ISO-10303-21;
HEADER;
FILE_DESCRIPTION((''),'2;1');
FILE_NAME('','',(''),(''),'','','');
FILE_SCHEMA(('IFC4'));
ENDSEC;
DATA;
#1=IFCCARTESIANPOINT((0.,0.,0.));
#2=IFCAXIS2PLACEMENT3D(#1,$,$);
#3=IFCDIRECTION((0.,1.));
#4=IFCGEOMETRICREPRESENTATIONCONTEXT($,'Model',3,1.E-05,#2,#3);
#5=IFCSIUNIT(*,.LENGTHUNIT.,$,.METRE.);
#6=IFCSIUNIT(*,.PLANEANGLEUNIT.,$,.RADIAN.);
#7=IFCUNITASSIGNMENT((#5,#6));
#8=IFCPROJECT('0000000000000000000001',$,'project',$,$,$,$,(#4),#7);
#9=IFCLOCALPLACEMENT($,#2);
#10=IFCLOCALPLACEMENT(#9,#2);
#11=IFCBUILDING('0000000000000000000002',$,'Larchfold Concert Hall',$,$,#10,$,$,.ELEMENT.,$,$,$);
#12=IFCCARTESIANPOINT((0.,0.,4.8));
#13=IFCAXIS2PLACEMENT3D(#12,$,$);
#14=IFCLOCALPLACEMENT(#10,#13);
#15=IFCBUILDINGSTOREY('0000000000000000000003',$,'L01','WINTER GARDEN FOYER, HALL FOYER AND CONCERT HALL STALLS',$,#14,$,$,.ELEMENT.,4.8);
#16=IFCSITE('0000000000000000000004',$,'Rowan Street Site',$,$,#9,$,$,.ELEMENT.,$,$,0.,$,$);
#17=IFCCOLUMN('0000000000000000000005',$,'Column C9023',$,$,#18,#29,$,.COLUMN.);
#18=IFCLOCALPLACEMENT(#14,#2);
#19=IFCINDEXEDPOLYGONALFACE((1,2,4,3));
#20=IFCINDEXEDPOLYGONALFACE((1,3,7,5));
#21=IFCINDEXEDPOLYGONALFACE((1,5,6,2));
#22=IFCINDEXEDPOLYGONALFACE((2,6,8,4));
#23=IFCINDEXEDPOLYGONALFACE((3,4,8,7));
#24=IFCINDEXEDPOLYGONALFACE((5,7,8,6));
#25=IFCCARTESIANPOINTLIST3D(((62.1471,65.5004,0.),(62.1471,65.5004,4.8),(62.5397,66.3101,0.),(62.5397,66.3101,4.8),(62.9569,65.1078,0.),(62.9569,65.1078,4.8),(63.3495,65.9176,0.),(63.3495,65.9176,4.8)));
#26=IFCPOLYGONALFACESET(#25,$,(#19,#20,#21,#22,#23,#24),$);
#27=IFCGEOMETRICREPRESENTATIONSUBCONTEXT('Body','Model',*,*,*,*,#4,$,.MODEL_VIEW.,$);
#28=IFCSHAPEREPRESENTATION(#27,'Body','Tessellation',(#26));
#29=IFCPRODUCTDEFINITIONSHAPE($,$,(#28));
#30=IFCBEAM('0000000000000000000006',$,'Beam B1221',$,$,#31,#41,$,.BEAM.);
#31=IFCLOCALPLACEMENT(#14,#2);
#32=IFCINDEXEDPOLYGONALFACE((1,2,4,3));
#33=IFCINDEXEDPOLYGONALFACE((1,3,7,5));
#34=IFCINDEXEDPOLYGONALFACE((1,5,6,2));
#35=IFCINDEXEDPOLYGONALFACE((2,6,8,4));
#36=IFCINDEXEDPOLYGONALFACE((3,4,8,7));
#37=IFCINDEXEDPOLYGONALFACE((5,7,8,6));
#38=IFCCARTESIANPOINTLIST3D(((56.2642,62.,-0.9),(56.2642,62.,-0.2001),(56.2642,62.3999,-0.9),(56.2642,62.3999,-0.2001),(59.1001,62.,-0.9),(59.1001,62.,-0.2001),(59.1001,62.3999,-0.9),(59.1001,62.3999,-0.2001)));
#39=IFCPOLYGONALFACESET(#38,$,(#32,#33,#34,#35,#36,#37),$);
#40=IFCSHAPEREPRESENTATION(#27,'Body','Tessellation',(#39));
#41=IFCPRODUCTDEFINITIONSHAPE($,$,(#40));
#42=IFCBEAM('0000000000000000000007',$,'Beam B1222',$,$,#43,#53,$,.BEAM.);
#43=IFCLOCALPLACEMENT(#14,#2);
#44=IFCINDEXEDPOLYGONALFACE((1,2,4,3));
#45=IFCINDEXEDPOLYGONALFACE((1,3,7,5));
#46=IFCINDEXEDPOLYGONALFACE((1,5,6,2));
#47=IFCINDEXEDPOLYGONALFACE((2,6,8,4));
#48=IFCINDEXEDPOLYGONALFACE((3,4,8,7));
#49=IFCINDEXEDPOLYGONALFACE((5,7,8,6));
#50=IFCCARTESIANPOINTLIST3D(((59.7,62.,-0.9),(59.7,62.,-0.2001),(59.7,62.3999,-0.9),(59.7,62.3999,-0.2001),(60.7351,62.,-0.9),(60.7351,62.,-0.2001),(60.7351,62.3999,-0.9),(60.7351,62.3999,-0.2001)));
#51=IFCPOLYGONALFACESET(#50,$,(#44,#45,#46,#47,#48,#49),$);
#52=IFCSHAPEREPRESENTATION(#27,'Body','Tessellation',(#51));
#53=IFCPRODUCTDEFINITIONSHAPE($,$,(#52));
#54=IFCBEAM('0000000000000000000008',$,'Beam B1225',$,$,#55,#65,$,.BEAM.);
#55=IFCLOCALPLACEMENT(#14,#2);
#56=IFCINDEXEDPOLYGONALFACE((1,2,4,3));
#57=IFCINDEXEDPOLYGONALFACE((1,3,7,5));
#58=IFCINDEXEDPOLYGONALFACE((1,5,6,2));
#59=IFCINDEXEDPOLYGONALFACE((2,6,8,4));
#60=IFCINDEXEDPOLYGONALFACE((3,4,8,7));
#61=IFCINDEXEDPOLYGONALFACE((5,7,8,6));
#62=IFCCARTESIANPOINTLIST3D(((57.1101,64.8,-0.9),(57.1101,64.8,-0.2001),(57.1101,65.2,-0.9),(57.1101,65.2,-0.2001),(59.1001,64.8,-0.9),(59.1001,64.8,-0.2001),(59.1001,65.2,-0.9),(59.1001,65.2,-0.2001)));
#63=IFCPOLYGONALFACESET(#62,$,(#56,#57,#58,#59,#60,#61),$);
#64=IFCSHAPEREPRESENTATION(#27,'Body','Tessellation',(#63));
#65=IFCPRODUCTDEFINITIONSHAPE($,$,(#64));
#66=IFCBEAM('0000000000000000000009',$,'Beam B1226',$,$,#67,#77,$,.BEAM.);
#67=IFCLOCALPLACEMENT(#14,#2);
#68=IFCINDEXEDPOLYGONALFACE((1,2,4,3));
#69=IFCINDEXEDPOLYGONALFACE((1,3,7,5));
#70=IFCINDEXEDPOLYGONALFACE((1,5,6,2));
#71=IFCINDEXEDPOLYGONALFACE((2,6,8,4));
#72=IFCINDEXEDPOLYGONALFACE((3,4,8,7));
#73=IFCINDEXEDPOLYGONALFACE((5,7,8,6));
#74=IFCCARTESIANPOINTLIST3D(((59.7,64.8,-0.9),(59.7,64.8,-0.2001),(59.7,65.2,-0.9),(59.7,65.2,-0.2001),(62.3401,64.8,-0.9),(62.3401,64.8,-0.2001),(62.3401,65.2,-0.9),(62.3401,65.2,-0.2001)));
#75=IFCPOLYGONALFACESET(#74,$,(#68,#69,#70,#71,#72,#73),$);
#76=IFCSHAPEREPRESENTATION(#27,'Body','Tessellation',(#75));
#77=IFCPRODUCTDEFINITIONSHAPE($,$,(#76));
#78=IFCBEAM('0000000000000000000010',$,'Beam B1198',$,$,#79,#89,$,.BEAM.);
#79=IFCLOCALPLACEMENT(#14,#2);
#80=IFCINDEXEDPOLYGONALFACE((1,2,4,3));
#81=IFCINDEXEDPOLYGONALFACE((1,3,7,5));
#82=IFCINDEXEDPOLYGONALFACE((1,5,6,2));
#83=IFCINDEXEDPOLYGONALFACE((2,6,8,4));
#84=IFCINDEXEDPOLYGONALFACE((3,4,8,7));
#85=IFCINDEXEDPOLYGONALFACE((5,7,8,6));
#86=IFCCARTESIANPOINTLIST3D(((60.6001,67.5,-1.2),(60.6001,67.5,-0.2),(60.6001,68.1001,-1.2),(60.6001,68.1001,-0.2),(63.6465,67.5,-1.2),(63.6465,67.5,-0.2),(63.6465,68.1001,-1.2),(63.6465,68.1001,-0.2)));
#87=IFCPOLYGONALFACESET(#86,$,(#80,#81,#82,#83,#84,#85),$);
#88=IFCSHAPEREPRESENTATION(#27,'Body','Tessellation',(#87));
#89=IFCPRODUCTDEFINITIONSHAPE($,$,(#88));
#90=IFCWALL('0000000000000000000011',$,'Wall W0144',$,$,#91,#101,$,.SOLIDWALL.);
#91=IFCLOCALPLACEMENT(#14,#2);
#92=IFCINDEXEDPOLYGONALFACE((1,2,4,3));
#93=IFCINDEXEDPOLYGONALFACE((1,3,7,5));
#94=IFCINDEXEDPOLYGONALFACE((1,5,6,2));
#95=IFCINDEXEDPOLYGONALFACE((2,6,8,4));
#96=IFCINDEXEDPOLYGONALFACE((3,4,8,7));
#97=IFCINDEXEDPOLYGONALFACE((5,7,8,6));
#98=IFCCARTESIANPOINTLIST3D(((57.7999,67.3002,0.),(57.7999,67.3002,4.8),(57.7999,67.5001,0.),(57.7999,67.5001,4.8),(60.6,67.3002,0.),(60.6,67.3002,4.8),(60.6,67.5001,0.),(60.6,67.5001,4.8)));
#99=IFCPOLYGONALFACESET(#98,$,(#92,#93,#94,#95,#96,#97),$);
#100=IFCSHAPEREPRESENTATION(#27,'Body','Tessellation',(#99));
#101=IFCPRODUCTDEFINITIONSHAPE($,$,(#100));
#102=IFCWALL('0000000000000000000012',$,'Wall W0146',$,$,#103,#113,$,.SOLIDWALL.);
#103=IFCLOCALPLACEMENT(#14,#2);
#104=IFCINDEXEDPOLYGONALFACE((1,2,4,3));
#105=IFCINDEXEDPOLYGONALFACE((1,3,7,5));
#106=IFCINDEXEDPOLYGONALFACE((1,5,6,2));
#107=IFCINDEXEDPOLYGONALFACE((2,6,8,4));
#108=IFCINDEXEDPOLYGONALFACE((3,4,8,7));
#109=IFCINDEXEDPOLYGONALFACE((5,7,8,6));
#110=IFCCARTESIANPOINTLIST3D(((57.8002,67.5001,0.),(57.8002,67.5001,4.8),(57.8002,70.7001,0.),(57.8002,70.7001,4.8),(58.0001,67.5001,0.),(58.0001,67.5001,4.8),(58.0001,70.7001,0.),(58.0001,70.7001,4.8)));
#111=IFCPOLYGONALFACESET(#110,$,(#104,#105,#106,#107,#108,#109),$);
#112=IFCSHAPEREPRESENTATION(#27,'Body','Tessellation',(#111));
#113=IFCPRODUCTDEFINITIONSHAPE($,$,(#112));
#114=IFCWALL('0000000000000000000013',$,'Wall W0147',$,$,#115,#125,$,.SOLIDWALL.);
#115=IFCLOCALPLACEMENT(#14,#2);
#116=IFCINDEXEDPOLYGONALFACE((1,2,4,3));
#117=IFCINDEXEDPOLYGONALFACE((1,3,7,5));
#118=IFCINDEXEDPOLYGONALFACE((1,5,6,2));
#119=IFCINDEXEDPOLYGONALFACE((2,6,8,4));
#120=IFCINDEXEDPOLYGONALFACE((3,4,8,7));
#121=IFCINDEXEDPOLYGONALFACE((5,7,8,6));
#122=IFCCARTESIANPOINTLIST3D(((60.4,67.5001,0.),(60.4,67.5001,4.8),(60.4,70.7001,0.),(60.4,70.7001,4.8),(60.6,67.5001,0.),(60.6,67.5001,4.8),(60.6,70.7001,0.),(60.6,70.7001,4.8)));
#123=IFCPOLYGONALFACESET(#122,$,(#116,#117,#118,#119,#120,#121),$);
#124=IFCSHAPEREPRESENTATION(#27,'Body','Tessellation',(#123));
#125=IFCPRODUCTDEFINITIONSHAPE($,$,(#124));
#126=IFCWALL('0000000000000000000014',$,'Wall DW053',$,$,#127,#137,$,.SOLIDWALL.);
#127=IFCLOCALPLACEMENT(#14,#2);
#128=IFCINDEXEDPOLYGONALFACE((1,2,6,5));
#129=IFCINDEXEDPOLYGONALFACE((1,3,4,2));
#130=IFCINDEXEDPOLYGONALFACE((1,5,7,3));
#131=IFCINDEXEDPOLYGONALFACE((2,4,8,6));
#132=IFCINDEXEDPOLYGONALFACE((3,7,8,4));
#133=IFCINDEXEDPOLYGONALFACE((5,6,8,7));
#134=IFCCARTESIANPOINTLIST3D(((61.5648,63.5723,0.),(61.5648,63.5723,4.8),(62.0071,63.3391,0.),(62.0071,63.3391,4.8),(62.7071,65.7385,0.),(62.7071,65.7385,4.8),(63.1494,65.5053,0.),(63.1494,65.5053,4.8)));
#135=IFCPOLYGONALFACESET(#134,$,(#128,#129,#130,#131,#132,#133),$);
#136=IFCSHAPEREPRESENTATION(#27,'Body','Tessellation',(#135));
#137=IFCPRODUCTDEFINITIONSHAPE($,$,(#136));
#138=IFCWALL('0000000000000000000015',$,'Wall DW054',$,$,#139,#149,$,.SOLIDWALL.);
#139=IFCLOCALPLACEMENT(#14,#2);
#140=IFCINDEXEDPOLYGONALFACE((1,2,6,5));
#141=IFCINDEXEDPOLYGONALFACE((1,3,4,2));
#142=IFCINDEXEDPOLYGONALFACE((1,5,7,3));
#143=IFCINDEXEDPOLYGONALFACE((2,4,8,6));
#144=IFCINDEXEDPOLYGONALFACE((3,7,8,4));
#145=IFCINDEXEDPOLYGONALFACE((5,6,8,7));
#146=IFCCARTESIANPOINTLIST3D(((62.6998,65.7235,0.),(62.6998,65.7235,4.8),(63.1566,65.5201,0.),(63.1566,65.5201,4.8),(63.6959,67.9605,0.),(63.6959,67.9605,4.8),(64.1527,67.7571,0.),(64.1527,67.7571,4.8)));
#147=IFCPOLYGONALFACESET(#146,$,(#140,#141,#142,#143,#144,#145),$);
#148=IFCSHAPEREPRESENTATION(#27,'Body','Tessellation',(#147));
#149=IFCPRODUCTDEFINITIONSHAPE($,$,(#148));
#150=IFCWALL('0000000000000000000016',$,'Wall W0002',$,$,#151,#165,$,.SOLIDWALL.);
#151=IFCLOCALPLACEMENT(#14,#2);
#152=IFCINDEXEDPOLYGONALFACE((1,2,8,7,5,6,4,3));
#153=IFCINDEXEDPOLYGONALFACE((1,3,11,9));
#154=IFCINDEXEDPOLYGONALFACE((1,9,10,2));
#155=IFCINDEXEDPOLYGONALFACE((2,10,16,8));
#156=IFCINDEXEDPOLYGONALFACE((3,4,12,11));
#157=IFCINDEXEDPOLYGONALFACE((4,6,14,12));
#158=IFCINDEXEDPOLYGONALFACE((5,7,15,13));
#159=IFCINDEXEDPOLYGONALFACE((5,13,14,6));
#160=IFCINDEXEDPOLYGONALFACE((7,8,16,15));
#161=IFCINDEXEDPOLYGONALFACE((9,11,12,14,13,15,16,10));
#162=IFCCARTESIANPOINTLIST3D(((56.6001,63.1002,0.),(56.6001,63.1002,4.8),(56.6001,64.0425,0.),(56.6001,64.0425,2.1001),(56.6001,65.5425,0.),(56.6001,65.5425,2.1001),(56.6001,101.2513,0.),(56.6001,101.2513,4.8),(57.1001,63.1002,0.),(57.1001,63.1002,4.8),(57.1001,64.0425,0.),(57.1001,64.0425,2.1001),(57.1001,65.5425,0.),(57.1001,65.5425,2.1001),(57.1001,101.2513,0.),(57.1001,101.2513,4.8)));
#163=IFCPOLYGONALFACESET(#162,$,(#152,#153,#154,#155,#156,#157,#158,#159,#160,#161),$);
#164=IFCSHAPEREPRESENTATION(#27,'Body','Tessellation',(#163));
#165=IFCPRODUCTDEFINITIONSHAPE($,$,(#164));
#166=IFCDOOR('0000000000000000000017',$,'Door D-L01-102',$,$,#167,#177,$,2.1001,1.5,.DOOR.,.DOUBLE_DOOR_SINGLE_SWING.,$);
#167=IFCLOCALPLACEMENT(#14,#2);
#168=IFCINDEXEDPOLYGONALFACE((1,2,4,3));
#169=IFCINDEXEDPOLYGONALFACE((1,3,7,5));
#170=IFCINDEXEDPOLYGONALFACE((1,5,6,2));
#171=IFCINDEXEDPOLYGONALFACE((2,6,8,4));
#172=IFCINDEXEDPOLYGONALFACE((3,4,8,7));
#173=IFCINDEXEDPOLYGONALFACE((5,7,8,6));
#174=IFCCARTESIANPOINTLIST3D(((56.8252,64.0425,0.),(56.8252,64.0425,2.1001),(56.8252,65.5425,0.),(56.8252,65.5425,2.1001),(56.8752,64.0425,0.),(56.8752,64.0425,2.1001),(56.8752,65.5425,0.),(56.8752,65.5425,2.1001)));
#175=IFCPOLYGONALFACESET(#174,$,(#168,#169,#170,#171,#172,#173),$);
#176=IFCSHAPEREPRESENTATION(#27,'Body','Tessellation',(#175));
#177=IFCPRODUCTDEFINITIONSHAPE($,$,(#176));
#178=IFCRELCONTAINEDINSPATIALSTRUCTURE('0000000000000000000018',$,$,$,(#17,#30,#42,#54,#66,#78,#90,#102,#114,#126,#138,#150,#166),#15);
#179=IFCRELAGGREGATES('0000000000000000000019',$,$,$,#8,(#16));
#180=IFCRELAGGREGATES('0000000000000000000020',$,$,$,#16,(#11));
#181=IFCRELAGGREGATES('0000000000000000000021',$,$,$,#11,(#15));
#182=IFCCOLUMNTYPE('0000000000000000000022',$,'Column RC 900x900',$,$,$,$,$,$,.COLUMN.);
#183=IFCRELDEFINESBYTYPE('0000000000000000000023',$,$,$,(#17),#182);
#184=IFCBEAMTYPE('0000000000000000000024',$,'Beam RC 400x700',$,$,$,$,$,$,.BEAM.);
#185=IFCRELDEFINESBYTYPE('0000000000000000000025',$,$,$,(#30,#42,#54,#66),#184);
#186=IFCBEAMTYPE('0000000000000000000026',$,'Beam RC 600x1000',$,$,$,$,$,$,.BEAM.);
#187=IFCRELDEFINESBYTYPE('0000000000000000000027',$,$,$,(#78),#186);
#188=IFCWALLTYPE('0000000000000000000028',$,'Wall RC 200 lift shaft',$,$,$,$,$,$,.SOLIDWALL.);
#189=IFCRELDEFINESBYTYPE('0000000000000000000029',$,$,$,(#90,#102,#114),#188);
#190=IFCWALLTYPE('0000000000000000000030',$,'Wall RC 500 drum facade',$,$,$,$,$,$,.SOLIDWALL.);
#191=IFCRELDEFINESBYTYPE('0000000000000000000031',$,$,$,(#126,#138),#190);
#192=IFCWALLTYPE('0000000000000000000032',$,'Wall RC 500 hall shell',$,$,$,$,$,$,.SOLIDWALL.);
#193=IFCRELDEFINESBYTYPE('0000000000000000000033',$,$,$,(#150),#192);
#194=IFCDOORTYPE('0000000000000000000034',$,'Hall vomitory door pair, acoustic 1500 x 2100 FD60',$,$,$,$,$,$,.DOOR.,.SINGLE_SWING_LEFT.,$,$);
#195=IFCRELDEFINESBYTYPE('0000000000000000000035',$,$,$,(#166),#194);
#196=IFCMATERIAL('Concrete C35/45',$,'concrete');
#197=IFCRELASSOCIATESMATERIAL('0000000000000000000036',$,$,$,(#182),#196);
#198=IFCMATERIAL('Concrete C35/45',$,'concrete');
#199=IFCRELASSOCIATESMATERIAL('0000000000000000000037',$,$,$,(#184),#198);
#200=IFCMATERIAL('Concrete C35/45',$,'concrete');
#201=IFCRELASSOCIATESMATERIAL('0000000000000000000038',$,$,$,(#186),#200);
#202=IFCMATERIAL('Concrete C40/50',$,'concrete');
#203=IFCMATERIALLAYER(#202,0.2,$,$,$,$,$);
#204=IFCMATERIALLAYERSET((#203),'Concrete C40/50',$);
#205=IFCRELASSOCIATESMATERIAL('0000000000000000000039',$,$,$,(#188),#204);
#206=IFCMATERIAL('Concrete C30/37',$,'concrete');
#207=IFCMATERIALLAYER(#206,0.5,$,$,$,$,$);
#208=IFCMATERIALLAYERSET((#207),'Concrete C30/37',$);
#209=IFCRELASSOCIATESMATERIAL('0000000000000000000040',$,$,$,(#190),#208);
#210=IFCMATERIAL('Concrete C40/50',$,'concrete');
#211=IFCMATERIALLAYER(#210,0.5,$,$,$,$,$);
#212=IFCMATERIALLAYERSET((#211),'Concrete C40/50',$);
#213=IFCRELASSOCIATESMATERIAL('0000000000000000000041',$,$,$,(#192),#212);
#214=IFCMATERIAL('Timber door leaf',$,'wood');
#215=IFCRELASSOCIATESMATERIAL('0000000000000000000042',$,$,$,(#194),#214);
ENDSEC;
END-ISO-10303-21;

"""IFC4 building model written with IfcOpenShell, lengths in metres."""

from ifc_helpers import new_model, si_unit, direction, frame, frame_2d, origin, origin_2d, place, context, subcontext, project, spatial, rectangle, extrude, material, layer, layer_set, material_profile, profile_set, type_object, element, fill, save


model = new_model("IFC4")

# Units and contexts
model_context = context("Model", 3, precision=1e-05, world=origin(), true_north=direction((0.0, 1.0)))
body_context = subcontext(model_context, "Body", "Model", "MODEL_VIEW")
ifc_project = project(units=[si_unit("LENGTHUNIT", "METRE"), si_unit("PLANEANGLEUNIT", "RADIAN")], contexts=[model_context])

# Site, building, storey
site_placement = place(None, origin())
site = spatial("IfcSite", under=ifc_project, at=site_placement, Name="Rowan Street Site", CompositionType="ELEMENT", RefElevation=0.0)
building_placement = place(site_placement, origin())
building = spatial("IfcBuilding", under=site, at=building_placement, Name="Larchfold Concert Hall", CompositionType="ELEMENT")
storey_placement = place(building_placement, frame((0.0, 0.0, 4.8)))
storey = spatial("IfcBuildingStorey", under=building, at=storey_placement, Name="L01", Description="WINTER GARDEN FOYER, HALL FOYER AND CONCERT HALL STALLS", CompositionType="ELEMENT", Elevation=4.8)

# Column
ifc_material_1 = material(Name="Concrete C35/45", Category="concrete")
ifc_material_profile_1 = material_profile(ifc_material_1, rectangle(XDim=0.8999, YDim=0.8999, at=origin_2d()))
ifc_profile_set_1 = profile_set([ifc_material_profile_1], Name="Concrete C35/45")
column_type = type_object("IfcColumnType", Name="Column RC 900x900", PredefinedType="COLUMN", material=ifc_profile_set_1)
column_placement = place(storey_placement, frame((62.7483, 65.709, 0.0), z_axis=(0.0, 0.0, 1.0), x_axis=(0.436211, 0.899844, 0.0)))
element("IfcColumn", 1, at=column_placement, inside=storey, type_object=column_type, Name="Column C9023", PredefinedType="COLUMN", context=body_context, shape_type="SweptSolid", body=[
    extrude(rectangle(XDim=0.8999, YDim=0.8999, at=origin_2d()), origin(), (0.0, 0.0, 1.0), 4.8),
])

# Beams
ifc_material_2 = material(Name="Concrete C35/45", Category="concrete")
ifc_material_profile_2 = material_profile(ifc_material_2, rectangle(XDim=0.3999, YDim=0.7, at=origin_2d()))
ifc_profile_set_2 = profile_set([ifc_material_profile_2], Name="Concrete C35/45")
beam_type_1 = type_object("IfcBeamType", Name="Beam RC 400x700", PredefinedType="BEAM", material=ifc_profile_set_2)
beam_1_placement = place(storey_placement, frame((56.2642, 62.2, -0.55), z_axis=(1.0, 0.0, 0.0), x_axis=(0.0, 1.0, 0.0)))
element("IfcBeam", 2, at=beam_1_placement, inside=storey, type_object=beam_type_1, Name="Beam B1221", PredefinedType="BEAM", context=body_context, shape_type="SweptSolid", body=[
    extrude(rectangle(XDim=0.3999, YDim=0.7, at=origin_2d()), origin(), (0.0, 0.0, 1.0), 2.8359),
])
beam_2_placement = place(storey_placement, frame((59.7, 62.2, -0.55), z_axis=(1.0, 0.0, 0.0), x_axis=(0.0, 1.0, 0.0)))
element("IfcBeam", 3, at=beam_2_placement, inside=storey, type_object=beam_type_1, Name="Beam B1222", PredefinedType="BEAM", context=body_context, shape_type="SweptSolid", body=[
    extrude(rectangle(XDim=0.3999, YDim=0.7, at=origin_2d()), origin(), (0.0, 0.0, 1.0), 1.0352),
])
beam_3_placement = place(storey_placement, frame((57.1101, 65.0, -0.55), z_axis=(1.0, 0.0, 0.0), x_axis=(0.0, 1.0, 0.0)))
element("IfcBeam", 4, at=beam_3_placement, inside=storey, type_object=beam_type_1, Name="Beam B1225", PredefinedType="BEAM", context=body_context, shape_type="SweptSolid", body=[
    extrude(rectangle(XDim=0.3999, YDim=0.7, at=origin_2d()), origin(), (0.0, 0.0, 1.0), 1.99),
])
beam_4_placement = place(storey_placement, frame((59.7, 65.0, -0.55), z_axis=(1.0, 0.0, 0.0), x_axis=(0.0, 1.0, 0.0)))
element("IfcBeam", 5, at=beam_4_placement, inside=storey, type_object=beam_type_1, Name="Beam B1226", PredefinedType="BEAM", context=body_context, shape_type="SweptSolid", body=[
    extrude(rectangle(XDim=0.3999, YDim=0.7, at=origin_2d()), origin(), (0.0, 0.0, 1.0), 2.6401),
])
ifc_material_3 = material(Name="Concrete C35/45", Category="concrete")
ifc_material_profile_3 = material_profile(ifc_material_3, rectangle(XDim=0.6001, YDim=1.0, at=origin_2d()))
ifc_profile_set_3 = profile_set([ifc_material_profile_3], Name="Concrete C35/45")
beam_type_2 = type_object("IfcBeamType", Name="Beam RC 600x1000", PredefinedType="BEAM", material=ifc_profile_set_3)
beam_5_placement = place(storey_placement, frame((60.6001, 67.8, -0.7), z_axis=(1.0, 0.0, 0.0), x_axis=(0.0, 1.0, 0.0)))
element("IfcBeam", 6, at=beam_5_placement, inside=storey, type_object=beam_type_2, Name="Beam B1198", PredefinedType="BEAM", context=body_context, shape_type="SweptSolid", body=[
    extrude(rectangle(XDim=0.6001, YDim=1.0, at=origin_2d()), origin(), (0.0, 0.0, 1.0), 3.0464),
])

# Walls
ifc_material_4 = material(Name="Concrete C40/50", Category="concrete")
ifc_layer_1 = layer(ifc_material_4, 0.2)
ifc_layer_set_1 = layer_set([ifc_layer_1], Name="Concrete C40/50")
wall_type_1 = type_object("IfcWallType", Name="Wall RC 200 lift shaft", PredefinedType="SOLIDWALL", material=ifc_layer_set_1)
wall_1_placement = place(storey_placement, frame((57.8, 67.4001, 0.0), z_axis=(0.0, 0.0, 1.0), x_axis=(1.0, 0.0, 0.0)))
element("IfcWall", 7, at=wall_1_placement, inside=storey, type_object=wall_type_1, Name="Wall W0144", PredefinedType="SOLIDWALL", context=body_context, shape_type="SweptSolid", body=[
    extrude(rectangle(XDim=2.8, YDim=0.2, at=frame_2d((1.3999, 0.0))), origin(), (0.0, 0.0, 1.0), 4.8),
])
for number, where, z_axis, x_axis, name in (
    (8, (57.9001, 67.5, 0.0), (0.0, 0.0, 1.0), (0.0, 1.0, 0.0), "Wall W0146"),
    (9, (60.5, 67.5, 0.0), (0.0, 0.0, 1.0), (0.0, 1.0, 0.0), "Wall W0147"),
):
    element("IfcWall", number, at=place(storey_placement, frame(where, z_axis=z_axis, x_axis=x_axis)), inside=storey, type_object=wall_type_1, Name=name, PredefinedType="SOLIDWALL", context=body_context, shape_type="SweptSolid", body=[
        extrude(rectangle(XDim=3.2, YDim=0.2, at=frame_2d((1.6001, 0.0))), origin(), (0.0, 0.0, 1.0), 4.8),
    ])

# Shared definitions
ifc_material_5 = material(Name="Concrete C30/37", Category="concrete")
ifc_layer_2 = layer(ifc_material_5, 0.5)
ifc_layer_set_2 = layer_set([ifc_layer_2], Name="Concrete C30/37")
wall_type_2 = type_object("IfcWallType", Name="Wall RC 500 drum facade", PredefinedType="SOLIDWALL", material=ifc_layer_set_2)

# Walls
wall_2_placement = place(storey_placement, frame((61.7859, 63.4556, 0.0), z_axis=(0.0, 0.0, 1.0), x_axis=(0.466449, 0.884548, 0.0)))
element("IfcWall", 10, at=wall_2_placement, inside=storey, type_object=wall_type_2, Name="Wall DW053", PredefinedType="SOLIDWALL", context=body_context, shape_type="SweptSolid", body=[
    extrude(rectangle(XDim=2.449, YDim=0.5, at=frame_2d((1.2246, 0.0))), origin(), (0.0, 0.0, 1.0), 4.8),
])
wall_3_placement = place(storey_placement, frame((62.9282, 65.6218, 0.0), z_axis=(0.0, 0.0, 1.0), x_axis=(0.406767, 0.913532, 0.0)))
element("IfcWall", 11, at=wall_3_placement, inside=storey, type_object=wall_type_2, Name="Wall DW054", PredefinedType="SOLIDWALL", context=body_context, shape_type="SweptSolid", body=[
    extrude(rectangle(XDim=2.4487, YDim=0.5, at=frame_2d((1.2244, 0.0))), origin(), (0.0, 0.0, 1.0), 4.8),
])

# Wall, opening, door
ifc_material_6 = material(Name="Concrete C40/50", Category="concrete")
ifc_layer_3 = layer(ifc_material_6, 0.5)
ifc_layer_set_3 = layer_set([ifc_layer_3], Name="Concrete C40/50")
wall_type_3 = type_object("IfcWallType", Name="Wall RC 500 hall shell", PredefinedType="SOLIDWALL", material=ifc_layer_set_3)
wall_4_placement = place(storey_placement, frame((56.8501, 63.1001, 0.0), z_axis=(0.0, 0.0, 1.0), x_axis=(0.0, 1.0, 0.0)))
wall_4 = element("IfcWall", 12, at=wall_4_placement, inside=storey, type_object=wall_type_3, Name="Wall W0002", PredefinedType="SOLIDWALL", context=body_context, shape_type="SweptSolid", body=[
    extrude(rectangle(XDim=38.1511, YDim=0.5, at=frame_2d((19.0757, 0.0))), origin(), (0.0, 0.0, 1.0), 4.8),
])
opening_1_placement = place(wall_4_placement, frame((0.9424, 0.0, 0.0)))
opening_1 = element("IfcOpeningElement", 13, at=opening_1_placement, cuts=wall_4, PredefinedType="OPENING", context=body_context, shape_type="SweptSolid", body=[
    extrude(rectangle(XDim=1.5, YDim=2.1001, at=frame_2d((0.75, 1.05))), frame((0.0, 0.26, 0.0), z_axis=(0.0, -1.0, 0.0), x_axis=(1.0, 0.0, 0.0)), (0.0, 0.0, 1.0), 0.52),
])
ifc_material_7 = material(Name="Timber door leaf", Category="wood")
door_type_1 = type_object("IfcDoorType", Name="Hall vomitory door pair, acoustic 1500 x 2100 FD60", OperationType="SINGLE_SWING_LEFT", PredefinedType="DOOR", material=ifc_material_7)
door_1_placement = place(opening_1_placement, origin())
door_1 = element("IfcDoor", 14, at=door_1_placement, inside=storey, type_object=door_type_1, Name="Door D-L01-102", OperationType="DOUBLE_DOOR_SINGLE_SWING", OverallHeight=2.1001, OverallWidth=1.5, PredefinedType="DOOR", context=body_context, shape_type="SweptSolid", body=[
    extrude(rectangle(XDim=1.5, YDim=2.1001, at=frame_2d((0.75, 1.05))), frame((0.0, 0.0249, 0.0), z_axis=(0.0, -1.0, 0.0), x_axis=(1.0, 0.0, 0.0)), (0.0, 0.0, 1.0), 0.05),
])
fill(opening_1, door_1)

save(model, "model.ifc")
